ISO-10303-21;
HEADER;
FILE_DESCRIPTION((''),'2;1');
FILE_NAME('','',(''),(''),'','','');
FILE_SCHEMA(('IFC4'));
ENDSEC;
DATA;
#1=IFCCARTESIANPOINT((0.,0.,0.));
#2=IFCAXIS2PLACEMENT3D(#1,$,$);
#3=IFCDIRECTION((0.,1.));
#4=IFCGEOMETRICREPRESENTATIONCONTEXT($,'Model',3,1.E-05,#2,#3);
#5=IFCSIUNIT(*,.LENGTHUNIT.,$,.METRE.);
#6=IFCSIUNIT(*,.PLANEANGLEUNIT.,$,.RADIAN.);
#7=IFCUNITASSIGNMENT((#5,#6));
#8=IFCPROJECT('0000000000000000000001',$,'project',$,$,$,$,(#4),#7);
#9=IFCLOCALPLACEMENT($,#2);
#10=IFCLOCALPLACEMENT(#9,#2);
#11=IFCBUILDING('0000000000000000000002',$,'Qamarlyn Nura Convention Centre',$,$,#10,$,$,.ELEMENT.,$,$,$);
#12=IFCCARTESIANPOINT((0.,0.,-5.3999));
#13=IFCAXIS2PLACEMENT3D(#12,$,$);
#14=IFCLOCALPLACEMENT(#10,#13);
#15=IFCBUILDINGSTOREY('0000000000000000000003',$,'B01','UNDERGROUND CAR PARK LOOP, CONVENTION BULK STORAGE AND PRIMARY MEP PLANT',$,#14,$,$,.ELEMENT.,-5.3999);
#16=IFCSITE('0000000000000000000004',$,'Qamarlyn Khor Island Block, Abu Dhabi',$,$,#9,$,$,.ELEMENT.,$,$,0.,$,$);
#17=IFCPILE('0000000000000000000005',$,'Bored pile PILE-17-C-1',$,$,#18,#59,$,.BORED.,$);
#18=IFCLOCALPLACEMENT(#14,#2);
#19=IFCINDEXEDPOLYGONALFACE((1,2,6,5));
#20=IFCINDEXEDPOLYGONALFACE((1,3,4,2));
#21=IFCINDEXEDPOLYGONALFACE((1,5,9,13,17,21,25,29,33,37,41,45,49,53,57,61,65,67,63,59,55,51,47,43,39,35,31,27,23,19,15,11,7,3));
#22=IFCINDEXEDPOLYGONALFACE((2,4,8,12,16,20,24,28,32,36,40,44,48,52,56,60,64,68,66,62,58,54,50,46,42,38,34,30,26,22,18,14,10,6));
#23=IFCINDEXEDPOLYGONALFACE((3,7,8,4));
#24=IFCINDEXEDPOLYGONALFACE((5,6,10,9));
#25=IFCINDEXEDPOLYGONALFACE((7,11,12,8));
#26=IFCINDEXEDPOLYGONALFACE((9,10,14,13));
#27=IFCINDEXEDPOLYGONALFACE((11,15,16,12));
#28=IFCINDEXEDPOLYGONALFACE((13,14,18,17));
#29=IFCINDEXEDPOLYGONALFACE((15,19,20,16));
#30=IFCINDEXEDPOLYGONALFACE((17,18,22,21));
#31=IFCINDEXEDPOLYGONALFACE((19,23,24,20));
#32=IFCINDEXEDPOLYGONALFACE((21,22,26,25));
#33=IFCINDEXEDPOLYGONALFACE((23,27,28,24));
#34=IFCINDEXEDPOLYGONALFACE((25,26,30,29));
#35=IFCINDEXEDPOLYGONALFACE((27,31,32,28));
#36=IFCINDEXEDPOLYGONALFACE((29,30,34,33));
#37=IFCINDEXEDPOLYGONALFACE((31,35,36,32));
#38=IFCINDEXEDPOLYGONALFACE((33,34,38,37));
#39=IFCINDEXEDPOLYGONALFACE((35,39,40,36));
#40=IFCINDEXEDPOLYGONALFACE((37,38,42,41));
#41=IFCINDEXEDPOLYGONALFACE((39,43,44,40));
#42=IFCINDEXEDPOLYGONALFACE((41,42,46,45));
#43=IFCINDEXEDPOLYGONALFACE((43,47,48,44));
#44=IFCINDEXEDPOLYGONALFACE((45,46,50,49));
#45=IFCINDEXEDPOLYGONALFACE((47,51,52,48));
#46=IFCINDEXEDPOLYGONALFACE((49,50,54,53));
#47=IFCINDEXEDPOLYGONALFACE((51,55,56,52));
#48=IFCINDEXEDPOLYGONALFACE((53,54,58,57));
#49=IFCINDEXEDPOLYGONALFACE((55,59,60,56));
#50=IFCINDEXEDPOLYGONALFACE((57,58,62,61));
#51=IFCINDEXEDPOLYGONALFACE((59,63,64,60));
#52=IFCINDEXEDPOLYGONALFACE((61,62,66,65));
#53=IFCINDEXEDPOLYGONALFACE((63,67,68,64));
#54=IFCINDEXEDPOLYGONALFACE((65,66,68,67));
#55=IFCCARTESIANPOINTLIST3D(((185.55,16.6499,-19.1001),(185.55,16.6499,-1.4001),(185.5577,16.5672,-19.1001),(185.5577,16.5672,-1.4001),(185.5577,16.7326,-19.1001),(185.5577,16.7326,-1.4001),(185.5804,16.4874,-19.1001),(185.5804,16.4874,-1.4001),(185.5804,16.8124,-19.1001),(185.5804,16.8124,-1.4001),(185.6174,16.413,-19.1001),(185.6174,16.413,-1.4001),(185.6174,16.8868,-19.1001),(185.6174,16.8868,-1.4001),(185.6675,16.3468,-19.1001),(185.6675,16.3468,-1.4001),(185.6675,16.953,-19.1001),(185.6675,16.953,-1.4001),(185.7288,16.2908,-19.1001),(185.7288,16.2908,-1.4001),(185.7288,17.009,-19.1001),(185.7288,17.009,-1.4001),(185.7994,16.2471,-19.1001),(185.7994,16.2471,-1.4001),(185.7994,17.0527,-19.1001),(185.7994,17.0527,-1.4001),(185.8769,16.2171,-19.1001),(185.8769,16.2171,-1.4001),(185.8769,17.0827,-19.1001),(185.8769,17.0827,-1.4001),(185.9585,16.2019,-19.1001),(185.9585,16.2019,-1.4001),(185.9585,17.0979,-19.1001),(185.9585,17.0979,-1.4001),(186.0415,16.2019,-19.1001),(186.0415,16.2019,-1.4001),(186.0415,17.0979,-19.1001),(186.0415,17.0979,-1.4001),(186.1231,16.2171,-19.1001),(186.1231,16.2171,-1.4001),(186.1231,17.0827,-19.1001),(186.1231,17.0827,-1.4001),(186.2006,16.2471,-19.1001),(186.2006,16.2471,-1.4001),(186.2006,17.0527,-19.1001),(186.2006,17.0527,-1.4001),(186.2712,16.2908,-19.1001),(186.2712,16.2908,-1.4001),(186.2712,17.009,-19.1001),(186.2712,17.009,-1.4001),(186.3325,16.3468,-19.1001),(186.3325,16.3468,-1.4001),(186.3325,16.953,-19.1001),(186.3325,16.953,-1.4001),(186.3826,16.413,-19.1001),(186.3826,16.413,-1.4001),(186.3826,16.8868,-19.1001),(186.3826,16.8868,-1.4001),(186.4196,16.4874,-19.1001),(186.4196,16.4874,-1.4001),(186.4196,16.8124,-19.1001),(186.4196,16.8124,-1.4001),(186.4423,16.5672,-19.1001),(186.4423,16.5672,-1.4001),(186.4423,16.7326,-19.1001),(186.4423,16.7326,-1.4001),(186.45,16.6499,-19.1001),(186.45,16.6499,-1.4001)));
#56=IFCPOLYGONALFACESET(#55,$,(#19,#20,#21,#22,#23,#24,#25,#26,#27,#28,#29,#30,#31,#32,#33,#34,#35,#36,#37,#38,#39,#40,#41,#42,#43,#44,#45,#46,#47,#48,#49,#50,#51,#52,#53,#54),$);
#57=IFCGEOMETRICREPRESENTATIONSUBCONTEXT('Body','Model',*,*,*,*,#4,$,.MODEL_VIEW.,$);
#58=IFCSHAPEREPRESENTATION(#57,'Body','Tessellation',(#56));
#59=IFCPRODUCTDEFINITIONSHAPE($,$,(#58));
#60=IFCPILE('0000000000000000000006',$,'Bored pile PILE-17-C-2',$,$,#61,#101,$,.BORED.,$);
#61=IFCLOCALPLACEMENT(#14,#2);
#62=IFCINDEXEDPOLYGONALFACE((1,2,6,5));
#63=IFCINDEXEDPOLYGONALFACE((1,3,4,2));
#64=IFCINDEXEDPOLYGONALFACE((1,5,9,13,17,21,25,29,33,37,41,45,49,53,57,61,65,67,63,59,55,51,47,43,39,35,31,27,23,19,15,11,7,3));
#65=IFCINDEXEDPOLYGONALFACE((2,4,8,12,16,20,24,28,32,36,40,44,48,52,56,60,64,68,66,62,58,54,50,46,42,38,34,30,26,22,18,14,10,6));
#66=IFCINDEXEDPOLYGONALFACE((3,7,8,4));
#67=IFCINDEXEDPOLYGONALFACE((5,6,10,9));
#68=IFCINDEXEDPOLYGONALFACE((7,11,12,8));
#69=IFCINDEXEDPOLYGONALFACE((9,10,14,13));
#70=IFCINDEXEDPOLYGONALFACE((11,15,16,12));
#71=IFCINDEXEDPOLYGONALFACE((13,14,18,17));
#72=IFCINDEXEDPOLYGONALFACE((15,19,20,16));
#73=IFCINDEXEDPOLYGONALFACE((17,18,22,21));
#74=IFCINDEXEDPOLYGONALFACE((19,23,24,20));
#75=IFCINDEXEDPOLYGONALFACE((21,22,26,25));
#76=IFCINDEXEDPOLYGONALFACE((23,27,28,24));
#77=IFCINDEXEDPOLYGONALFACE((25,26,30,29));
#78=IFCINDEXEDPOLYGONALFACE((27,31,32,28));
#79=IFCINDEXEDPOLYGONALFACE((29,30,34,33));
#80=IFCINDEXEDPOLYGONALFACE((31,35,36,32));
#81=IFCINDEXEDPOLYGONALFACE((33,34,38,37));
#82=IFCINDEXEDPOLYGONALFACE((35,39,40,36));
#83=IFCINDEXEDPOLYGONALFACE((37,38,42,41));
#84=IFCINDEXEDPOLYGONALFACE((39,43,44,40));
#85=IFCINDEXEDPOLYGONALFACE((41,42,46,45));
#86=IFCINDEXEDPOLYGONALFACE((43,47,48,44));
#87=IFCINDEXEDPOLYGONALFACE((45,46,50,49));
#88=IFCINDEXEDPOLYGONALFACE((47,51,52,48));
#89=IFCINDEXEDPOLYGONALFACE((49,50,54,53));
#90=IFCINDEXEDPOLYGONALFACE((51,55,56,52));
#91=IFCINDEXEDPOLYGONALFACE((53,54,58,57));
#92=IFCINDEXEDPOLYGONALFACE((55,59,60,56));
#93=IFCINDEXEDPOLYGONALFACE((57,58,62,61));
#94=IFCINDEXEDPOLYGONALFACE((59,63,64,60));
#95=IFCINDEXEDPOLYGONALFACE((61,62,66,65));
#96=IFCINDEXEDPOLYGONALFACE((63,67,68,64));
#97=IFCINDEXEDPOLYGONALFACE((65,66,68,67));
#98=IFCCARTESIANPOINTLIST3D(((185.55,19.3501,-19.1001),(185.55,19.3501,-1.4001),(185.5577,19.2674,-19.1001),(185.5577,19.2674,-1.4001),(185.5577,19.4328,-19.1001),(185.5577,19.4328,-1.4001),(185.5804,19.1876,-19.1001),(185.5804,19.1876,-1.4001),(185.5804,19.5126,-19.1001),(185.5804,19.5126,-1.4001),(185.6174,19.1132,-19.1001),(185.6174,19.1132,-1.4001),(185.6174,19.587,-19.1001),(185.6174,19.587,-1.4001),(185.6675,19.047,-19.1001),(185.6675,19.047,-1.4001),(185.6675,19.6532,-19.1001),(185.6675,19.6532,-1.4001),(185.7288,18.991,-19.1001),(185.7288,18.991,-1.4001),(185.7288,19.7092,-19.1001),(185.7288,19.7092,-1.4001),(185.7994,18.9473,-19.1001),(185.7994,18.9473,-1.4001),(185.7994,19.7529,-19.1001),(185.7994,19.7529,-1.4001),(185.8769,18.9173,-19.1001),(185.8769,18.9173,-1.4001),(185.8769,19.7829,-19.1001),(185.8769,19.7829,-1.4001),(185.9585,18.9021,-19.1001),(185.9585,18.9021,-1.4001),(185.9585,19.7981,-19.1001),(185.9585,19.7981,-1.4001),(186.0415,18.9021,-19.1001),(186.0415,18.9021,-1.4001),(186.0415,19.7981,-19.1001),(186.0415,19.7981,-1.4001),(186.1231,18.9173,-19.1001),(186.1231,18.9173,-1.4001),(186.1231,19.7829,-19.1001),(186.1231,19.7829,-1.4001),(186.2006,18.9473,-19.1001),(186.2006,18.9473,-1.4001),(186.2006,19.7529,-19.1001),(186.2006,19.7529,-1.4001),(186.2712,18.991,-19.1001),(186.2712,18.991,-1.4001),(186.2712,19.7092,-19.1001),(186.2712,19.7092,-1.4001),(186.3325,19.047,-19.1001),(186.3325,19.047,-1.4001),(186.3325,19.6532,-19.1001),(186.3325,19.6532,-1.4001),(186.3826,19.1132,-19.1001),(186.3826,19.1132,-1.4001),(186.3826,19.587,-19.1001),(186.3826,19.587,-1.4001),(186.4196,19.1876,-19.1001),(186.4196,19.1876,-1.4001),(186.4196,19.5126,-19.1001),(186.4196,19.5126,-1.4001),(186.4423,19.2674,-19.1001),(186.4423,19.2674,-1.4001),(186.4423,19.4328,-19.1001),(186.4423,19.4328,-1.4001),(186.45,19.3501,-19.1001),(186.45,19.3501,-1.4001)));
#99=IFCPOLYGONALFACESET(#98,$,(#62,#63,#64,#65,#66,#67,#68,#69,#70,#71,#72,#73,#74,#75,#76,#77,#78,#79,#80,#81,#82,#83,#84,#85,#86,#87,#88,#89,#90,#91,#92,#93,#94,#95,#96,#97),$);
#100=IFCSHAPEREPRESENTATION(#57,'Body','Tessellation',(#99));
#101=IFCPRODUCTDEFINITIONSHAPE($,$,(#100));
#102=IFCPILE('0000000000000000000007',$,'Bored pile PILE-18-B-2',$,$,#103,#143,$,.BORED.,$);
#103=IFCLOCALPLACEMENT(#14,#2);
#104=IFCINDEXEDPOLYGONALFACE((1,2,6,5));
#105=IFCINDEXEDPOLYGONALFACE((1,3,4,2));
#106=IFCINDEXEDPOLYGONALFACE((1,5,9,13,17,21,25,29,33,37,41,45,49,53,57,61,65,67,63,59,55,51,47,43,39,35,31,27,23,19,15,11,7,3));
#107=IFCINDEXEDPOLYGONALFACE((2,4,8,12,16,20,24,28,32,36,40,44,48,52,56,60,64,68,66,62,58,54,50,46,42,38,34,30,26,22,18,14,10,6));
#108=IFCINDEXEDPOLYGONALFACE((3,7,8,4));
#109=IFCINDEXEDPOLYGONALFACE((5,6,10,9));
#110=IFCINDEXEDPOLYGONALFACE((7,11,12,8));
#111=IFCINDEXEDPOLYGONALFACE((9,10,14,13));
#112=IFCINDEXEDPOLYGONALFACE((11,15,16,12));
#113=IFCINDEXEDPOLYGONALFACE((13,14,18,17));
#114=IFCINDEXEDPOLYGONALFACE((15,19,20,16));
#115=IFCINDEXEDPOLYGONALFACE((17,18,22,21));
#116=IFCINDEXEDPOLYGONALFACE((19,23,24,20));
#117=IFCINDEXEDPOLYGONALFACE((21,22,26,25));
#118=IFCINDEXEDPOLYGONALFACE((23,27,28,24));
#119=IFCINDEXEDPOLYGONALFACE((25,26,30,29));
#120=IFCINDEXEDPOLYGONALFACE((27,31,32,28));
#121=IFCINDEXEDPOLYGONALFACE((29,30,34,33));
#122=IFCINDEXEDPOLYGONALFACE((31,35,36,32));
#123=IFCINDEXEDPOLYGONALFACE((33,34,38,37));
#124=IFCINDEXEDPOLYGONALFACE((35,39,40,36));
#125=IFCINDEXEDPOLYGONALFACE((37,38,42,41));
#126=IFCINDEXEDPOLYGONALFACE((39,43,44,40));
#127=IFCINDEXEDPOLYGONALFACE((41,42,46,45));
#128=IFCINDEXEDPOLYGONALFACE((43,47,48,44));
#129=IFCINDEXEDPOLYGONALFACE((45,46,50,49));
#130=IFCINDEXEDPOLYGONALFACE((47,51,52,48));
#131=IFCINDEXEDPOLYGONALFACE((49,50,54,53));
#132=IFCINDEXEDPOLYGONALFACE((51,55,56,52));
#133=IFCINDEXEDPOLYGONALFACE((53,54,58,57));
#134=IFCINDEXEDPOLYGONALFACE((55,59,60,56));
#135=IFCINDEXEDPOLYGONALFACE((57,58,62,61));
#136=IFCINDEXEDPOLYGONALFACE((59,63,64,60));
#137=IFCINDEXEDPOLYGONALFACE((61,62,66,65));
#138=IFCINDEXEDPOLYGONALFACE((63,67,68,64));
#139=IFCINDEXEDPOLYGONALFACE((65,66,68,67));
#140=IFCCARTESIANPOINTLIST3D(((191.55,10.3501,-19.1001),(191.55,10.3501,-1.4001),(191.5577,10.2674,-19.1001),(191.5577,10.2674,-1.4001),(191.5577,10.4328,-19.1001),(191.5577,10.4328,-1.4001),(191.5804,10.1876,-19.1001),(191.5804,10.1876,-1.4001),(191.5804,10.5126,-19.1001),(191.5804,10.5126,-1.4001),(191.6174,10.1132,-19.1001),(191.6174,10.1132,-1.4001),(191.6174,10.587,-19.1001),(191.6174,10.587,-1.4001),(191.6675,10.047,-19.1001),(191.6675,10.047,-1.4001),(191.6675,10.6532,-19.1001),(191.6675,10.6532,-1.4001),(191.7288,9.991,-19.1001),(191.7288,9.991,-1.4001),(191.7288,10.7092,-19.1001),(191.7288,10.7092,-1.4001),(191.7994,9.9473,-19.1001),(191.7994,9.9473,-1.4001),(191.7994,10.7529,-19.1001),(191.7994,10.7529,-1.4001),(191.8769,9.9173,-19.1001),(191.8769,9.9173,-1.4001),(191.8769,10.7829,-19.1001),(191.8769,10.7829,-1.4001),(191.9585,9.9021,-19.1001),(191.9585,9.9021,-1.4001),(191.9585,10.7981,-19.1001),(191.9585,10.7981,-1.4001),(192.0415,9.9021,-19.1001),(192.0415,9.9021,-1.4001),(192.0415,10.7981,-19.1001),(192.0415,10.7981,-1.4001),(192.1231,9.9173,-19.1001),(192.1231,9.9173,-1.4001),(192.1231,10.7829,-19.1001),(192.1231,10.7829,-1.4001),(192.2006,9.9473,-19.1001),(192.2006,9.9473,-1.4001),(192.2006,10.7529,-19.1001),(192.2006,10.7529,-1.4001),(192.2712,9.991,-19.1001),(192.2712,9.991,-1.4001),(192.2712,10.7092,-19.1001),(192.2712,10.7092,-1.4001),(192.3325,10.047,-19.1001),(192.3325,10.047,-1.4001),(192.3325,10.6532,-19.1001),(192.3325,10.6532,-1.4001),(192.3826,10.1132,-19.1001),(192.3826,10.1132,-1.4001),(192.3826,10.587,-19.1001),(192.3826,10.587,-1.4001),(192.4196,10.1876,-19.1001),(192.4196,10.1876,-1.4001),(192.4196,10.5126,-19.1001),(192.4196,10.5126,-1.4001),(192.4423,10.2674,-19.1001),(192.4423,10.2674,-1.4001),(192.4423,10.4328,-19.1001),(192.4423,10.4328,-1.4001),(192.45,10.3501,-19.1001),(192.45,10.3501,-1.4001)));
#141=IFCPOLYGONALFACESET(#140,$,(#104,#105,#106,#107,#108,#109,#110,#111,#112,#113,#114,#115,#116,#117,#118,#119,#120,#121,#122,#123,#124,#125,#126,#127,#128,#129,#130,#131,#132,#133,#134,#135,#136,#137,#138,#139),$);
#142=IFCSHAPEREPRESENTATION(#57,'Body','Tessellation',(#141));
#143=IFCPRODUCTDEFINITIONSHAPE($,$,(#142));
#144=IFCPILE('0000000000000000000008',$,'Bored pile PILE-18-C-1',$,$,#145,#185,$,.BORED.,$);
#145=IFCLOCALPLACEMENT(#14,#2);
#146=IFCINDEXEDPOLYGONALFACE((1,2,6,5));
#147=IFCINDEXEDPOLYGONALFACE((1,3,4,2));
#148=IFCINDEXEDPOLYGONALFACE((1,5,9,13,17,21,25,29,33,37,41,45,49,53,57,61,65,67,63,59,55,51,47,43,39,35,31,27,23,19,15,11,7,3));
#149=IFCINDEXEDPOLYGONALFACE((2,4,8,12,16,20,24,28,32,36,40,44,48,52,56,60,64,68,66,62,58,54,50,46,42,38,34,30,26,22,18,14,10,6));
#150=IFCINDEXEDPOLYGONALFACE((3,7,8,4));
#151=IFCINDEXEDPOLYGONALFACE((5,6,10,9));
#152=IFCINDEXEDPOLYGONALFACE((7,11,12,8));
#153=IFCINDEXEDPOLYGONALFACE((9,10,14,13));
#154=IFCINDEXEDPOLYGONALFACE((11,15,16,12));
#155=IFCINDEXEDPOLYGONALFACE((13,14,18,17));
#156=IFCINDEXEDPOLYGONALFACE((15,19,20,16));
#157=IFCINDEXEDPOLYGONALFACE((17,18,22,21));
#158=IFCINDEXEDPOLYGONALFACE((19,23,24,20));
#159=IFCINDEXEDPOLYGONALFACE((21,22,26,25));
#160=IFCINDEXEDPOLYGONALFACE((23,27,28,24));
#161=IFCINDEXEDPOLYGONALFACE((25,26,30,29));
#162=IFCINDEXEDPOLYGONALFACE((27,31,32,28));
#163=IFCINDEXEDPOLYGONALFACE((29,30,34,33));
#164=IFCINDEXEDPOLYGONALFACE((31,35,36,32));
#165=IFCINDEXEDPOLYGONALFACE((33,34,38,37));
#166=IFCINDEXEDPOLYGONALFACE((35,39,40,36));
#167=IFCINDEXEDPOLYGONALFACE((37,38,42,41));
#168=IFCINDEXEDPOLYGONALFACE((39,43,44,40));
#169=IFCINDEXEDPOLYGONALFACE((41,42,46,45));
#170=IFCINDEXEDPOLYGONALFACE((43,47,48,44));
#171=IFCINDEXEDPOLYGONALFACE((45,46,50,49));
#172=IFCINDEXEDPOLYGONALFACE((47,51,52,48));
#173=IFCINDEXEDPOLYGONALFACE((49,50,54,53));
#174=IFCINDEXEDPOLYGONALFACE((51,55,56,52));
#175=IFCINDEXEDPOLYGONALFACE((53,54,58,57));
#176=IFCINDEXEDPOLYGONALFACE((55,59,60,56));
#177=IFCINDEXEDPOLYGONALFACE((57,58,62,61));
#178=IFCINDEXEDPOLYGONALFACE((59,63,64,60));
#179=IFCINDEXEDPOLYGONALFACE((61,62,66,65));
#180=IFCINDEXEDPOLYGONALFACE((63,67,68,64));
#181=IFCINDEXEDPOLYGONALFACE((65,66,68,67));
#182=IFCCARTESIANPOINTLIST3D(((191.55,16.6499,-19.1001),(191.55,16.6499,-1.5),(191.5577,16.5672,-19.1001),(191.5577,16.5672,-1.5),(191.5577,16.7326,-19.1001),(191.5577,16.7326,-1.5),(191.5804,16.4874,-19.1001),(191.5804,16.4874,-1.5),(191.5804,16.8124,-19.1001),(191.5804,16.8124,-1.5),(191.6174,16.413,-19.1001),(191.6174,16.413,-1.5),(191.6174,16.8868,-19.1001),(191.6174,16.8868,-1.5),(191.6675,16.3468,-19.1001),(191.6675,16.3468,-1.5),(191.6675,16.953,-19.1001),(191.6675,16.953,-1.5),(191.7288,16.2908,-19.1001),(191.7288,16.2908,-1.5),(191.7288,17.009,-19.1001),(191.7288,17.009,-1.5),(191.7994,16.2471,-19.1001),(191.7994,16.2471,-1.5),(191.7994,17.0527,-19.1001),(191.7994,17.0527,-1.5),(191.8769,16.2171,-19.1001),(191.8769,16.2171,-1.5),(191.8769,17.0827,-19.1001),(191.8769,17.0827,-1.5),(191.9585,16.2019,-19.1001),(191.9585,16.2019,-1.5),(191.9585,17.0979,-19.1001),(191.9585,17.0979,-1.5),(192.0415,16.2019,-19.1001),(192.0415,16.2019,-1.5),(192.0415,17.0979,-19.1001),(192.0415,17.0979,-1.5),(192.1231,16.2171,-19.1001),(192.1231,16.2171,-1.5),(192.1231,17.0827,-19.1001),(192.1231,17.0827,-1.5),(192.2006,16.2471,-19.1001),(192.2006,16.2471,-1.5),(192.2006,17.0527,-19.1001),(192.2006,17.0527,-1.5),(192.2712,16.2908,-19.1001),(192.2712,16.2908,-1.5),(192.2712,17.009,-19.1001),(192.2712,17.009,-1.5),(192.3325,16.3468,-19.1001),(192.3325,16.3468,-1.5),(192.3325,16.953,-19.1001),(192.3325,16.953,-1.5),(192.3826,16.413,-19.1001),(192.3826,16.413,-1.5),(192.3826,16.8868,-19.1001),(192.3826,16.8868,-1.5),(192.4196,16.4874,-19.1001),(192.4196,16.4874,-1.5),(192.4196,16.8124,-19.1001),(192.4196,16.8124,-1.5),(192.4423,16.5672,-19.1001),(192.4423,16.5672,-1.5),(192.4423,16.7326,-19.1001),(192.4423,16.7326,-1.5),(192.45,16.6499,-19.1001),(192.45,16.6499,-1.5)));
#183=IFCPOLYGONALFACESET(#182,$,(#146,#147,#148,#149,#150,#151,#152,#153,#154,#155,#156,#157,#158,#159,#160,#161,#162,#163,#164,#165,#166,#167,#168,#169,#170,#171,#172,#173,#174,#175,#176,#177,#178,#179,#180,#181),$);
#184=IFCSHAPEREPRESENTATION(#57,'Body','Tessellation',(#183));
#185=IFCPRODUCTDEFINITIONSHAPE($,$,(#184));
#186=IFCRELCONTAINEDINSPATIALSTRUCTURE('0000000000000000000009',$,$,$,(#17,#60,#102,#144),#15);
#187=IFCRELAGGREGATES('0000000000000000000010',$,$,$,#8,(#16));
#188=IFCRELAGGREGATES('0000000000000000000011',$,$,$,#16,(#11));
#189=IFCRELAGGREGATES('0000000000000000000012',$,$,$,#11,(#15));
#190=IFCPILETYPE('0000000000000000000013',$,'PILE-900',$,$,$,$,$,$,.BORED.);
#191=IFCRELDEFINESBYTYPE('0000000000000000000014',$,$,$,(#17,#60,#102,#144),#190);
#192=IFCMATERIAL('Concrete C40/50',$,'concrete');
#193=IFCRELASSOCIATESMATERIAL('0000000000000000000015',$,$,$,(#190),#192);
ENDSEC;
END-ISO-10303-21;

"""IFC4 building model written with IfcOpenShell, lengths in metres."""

from ifc_helpers import new_model, si_unit, direction, frame, origin, origin_2d, place, context, subcontext, project, spatial, circle, extrude, material, material_profile, profile_set, type_object, element, save


model = new_model("IFC4")

# Units and contexts
model_context = context("Model", 3, precision=1e-05, world=origin(), true_north=direction((0.0, 1.0)))
body_context = subcontext(model_context, "Body", "Model", "MODEL_VIEW")
ifc_project = project(units=[si_unit("LENGTHUNIT", "METRE"), si_unit("PLANEANGLEUNIT", "RADIAN")], contexts=[model_context])

# Site, building, storey
site_placement = place(None, origin())
site = spatial("IfcSite", under=ifc_project, at=site_placement, Name="Qamarlyn Khor Island Block, Abu Dhabi", CompositionType="ELEMENT", RefElevation=0.0)
building_placement = place(site_placement, origin())
building = spatial("IfcBuilding", under=site, at=building_placement, Name="Qamarlyn Nura Convention Centre", CompositionType="ELEMENT")
storey_placement = place(building_placement, frame((0.0, 0.0, -5.3999)))
storey = spatial("IfcBuildingStorey", under=building, at=storey_placement, Name="B01", Description="UNDERGROUND CAR PARK LOOP, CONVENTION BULK STORAGE AND PRIMARY MEP PLANT", CompositionType="ELEMENT", Elevation=-5.3999)

# Shared definitions
ifc_material_1 = material(Name="Concrete C40/50", Category="concrete")

# Piles
ifc_material_profile_1 = material_profile(ifc_material_1, circle(Radius=0.45, at=origin_2d()), Name="BORED PILE 900")
ifc_profile_set_1 = profile_set([ifc_material_profile_1], Name="Concrete C40/50")
pile_type = type_object("IfcPileType", Name="PILE-900", PredefinedType="BORED", material=ifc_profile_set_1)
for number, where, z_axis, x_axis, name in (
    (1, (186.0, 16.6499, -1.4001), (0.0, 0.0, -1.0), (1.0, 0.0, 0.0), "Bored pile PILE-17-C-1"),
    (2, (186.0, 19.3501, -1.4001), (0.0, 0.0, -1.0), (1.0, 0.0, 0.0), "Bored pile PILE-17-C-2"),
    (3, (192.0, 10.3501, -1.4001), (0.0, 0.0, -1.0), (1.0, 0.0, 0.0), "Bored pile PILE-18-B-2"),
):
    element("IfcPile", number, at=place(storey_placement, frame(where, z_axis=z_axis, x_axis=x_axis)), inside=storey, type_object=pile_type, Name=name, PredefinedType="BORED", context=body_context, shape_type="SweptSolid", body=[
        extrude(circle(Radius=0.45, at=origin_2d()), origin(), (0.0, 0.0, 1.0), 17.7),
    ])
for number, where, z_axis, x_axis, name in (
    (4, (192.0, 16.6499, -1.5), (0.0, 0.0, -1.0), (1.0, 0.0, 0.0), "Bored pile PILE-18-C-1"),
):
    element("IfcPile", number, at=place(storey_placement, frame(where, z_axis=z_axis, x_axis=x_axis)), inside=storey, type_object=pile_type, Name=name, PredefinedType="BORED", context=body_context, shape_type="SweptSolid", body=[
        extrude(circle(Radius=0.45, at=origin_2d()), origin(), (0.0, 0.0, 1.0), 17.6001),
    ])

save(model, "model.ifc")
